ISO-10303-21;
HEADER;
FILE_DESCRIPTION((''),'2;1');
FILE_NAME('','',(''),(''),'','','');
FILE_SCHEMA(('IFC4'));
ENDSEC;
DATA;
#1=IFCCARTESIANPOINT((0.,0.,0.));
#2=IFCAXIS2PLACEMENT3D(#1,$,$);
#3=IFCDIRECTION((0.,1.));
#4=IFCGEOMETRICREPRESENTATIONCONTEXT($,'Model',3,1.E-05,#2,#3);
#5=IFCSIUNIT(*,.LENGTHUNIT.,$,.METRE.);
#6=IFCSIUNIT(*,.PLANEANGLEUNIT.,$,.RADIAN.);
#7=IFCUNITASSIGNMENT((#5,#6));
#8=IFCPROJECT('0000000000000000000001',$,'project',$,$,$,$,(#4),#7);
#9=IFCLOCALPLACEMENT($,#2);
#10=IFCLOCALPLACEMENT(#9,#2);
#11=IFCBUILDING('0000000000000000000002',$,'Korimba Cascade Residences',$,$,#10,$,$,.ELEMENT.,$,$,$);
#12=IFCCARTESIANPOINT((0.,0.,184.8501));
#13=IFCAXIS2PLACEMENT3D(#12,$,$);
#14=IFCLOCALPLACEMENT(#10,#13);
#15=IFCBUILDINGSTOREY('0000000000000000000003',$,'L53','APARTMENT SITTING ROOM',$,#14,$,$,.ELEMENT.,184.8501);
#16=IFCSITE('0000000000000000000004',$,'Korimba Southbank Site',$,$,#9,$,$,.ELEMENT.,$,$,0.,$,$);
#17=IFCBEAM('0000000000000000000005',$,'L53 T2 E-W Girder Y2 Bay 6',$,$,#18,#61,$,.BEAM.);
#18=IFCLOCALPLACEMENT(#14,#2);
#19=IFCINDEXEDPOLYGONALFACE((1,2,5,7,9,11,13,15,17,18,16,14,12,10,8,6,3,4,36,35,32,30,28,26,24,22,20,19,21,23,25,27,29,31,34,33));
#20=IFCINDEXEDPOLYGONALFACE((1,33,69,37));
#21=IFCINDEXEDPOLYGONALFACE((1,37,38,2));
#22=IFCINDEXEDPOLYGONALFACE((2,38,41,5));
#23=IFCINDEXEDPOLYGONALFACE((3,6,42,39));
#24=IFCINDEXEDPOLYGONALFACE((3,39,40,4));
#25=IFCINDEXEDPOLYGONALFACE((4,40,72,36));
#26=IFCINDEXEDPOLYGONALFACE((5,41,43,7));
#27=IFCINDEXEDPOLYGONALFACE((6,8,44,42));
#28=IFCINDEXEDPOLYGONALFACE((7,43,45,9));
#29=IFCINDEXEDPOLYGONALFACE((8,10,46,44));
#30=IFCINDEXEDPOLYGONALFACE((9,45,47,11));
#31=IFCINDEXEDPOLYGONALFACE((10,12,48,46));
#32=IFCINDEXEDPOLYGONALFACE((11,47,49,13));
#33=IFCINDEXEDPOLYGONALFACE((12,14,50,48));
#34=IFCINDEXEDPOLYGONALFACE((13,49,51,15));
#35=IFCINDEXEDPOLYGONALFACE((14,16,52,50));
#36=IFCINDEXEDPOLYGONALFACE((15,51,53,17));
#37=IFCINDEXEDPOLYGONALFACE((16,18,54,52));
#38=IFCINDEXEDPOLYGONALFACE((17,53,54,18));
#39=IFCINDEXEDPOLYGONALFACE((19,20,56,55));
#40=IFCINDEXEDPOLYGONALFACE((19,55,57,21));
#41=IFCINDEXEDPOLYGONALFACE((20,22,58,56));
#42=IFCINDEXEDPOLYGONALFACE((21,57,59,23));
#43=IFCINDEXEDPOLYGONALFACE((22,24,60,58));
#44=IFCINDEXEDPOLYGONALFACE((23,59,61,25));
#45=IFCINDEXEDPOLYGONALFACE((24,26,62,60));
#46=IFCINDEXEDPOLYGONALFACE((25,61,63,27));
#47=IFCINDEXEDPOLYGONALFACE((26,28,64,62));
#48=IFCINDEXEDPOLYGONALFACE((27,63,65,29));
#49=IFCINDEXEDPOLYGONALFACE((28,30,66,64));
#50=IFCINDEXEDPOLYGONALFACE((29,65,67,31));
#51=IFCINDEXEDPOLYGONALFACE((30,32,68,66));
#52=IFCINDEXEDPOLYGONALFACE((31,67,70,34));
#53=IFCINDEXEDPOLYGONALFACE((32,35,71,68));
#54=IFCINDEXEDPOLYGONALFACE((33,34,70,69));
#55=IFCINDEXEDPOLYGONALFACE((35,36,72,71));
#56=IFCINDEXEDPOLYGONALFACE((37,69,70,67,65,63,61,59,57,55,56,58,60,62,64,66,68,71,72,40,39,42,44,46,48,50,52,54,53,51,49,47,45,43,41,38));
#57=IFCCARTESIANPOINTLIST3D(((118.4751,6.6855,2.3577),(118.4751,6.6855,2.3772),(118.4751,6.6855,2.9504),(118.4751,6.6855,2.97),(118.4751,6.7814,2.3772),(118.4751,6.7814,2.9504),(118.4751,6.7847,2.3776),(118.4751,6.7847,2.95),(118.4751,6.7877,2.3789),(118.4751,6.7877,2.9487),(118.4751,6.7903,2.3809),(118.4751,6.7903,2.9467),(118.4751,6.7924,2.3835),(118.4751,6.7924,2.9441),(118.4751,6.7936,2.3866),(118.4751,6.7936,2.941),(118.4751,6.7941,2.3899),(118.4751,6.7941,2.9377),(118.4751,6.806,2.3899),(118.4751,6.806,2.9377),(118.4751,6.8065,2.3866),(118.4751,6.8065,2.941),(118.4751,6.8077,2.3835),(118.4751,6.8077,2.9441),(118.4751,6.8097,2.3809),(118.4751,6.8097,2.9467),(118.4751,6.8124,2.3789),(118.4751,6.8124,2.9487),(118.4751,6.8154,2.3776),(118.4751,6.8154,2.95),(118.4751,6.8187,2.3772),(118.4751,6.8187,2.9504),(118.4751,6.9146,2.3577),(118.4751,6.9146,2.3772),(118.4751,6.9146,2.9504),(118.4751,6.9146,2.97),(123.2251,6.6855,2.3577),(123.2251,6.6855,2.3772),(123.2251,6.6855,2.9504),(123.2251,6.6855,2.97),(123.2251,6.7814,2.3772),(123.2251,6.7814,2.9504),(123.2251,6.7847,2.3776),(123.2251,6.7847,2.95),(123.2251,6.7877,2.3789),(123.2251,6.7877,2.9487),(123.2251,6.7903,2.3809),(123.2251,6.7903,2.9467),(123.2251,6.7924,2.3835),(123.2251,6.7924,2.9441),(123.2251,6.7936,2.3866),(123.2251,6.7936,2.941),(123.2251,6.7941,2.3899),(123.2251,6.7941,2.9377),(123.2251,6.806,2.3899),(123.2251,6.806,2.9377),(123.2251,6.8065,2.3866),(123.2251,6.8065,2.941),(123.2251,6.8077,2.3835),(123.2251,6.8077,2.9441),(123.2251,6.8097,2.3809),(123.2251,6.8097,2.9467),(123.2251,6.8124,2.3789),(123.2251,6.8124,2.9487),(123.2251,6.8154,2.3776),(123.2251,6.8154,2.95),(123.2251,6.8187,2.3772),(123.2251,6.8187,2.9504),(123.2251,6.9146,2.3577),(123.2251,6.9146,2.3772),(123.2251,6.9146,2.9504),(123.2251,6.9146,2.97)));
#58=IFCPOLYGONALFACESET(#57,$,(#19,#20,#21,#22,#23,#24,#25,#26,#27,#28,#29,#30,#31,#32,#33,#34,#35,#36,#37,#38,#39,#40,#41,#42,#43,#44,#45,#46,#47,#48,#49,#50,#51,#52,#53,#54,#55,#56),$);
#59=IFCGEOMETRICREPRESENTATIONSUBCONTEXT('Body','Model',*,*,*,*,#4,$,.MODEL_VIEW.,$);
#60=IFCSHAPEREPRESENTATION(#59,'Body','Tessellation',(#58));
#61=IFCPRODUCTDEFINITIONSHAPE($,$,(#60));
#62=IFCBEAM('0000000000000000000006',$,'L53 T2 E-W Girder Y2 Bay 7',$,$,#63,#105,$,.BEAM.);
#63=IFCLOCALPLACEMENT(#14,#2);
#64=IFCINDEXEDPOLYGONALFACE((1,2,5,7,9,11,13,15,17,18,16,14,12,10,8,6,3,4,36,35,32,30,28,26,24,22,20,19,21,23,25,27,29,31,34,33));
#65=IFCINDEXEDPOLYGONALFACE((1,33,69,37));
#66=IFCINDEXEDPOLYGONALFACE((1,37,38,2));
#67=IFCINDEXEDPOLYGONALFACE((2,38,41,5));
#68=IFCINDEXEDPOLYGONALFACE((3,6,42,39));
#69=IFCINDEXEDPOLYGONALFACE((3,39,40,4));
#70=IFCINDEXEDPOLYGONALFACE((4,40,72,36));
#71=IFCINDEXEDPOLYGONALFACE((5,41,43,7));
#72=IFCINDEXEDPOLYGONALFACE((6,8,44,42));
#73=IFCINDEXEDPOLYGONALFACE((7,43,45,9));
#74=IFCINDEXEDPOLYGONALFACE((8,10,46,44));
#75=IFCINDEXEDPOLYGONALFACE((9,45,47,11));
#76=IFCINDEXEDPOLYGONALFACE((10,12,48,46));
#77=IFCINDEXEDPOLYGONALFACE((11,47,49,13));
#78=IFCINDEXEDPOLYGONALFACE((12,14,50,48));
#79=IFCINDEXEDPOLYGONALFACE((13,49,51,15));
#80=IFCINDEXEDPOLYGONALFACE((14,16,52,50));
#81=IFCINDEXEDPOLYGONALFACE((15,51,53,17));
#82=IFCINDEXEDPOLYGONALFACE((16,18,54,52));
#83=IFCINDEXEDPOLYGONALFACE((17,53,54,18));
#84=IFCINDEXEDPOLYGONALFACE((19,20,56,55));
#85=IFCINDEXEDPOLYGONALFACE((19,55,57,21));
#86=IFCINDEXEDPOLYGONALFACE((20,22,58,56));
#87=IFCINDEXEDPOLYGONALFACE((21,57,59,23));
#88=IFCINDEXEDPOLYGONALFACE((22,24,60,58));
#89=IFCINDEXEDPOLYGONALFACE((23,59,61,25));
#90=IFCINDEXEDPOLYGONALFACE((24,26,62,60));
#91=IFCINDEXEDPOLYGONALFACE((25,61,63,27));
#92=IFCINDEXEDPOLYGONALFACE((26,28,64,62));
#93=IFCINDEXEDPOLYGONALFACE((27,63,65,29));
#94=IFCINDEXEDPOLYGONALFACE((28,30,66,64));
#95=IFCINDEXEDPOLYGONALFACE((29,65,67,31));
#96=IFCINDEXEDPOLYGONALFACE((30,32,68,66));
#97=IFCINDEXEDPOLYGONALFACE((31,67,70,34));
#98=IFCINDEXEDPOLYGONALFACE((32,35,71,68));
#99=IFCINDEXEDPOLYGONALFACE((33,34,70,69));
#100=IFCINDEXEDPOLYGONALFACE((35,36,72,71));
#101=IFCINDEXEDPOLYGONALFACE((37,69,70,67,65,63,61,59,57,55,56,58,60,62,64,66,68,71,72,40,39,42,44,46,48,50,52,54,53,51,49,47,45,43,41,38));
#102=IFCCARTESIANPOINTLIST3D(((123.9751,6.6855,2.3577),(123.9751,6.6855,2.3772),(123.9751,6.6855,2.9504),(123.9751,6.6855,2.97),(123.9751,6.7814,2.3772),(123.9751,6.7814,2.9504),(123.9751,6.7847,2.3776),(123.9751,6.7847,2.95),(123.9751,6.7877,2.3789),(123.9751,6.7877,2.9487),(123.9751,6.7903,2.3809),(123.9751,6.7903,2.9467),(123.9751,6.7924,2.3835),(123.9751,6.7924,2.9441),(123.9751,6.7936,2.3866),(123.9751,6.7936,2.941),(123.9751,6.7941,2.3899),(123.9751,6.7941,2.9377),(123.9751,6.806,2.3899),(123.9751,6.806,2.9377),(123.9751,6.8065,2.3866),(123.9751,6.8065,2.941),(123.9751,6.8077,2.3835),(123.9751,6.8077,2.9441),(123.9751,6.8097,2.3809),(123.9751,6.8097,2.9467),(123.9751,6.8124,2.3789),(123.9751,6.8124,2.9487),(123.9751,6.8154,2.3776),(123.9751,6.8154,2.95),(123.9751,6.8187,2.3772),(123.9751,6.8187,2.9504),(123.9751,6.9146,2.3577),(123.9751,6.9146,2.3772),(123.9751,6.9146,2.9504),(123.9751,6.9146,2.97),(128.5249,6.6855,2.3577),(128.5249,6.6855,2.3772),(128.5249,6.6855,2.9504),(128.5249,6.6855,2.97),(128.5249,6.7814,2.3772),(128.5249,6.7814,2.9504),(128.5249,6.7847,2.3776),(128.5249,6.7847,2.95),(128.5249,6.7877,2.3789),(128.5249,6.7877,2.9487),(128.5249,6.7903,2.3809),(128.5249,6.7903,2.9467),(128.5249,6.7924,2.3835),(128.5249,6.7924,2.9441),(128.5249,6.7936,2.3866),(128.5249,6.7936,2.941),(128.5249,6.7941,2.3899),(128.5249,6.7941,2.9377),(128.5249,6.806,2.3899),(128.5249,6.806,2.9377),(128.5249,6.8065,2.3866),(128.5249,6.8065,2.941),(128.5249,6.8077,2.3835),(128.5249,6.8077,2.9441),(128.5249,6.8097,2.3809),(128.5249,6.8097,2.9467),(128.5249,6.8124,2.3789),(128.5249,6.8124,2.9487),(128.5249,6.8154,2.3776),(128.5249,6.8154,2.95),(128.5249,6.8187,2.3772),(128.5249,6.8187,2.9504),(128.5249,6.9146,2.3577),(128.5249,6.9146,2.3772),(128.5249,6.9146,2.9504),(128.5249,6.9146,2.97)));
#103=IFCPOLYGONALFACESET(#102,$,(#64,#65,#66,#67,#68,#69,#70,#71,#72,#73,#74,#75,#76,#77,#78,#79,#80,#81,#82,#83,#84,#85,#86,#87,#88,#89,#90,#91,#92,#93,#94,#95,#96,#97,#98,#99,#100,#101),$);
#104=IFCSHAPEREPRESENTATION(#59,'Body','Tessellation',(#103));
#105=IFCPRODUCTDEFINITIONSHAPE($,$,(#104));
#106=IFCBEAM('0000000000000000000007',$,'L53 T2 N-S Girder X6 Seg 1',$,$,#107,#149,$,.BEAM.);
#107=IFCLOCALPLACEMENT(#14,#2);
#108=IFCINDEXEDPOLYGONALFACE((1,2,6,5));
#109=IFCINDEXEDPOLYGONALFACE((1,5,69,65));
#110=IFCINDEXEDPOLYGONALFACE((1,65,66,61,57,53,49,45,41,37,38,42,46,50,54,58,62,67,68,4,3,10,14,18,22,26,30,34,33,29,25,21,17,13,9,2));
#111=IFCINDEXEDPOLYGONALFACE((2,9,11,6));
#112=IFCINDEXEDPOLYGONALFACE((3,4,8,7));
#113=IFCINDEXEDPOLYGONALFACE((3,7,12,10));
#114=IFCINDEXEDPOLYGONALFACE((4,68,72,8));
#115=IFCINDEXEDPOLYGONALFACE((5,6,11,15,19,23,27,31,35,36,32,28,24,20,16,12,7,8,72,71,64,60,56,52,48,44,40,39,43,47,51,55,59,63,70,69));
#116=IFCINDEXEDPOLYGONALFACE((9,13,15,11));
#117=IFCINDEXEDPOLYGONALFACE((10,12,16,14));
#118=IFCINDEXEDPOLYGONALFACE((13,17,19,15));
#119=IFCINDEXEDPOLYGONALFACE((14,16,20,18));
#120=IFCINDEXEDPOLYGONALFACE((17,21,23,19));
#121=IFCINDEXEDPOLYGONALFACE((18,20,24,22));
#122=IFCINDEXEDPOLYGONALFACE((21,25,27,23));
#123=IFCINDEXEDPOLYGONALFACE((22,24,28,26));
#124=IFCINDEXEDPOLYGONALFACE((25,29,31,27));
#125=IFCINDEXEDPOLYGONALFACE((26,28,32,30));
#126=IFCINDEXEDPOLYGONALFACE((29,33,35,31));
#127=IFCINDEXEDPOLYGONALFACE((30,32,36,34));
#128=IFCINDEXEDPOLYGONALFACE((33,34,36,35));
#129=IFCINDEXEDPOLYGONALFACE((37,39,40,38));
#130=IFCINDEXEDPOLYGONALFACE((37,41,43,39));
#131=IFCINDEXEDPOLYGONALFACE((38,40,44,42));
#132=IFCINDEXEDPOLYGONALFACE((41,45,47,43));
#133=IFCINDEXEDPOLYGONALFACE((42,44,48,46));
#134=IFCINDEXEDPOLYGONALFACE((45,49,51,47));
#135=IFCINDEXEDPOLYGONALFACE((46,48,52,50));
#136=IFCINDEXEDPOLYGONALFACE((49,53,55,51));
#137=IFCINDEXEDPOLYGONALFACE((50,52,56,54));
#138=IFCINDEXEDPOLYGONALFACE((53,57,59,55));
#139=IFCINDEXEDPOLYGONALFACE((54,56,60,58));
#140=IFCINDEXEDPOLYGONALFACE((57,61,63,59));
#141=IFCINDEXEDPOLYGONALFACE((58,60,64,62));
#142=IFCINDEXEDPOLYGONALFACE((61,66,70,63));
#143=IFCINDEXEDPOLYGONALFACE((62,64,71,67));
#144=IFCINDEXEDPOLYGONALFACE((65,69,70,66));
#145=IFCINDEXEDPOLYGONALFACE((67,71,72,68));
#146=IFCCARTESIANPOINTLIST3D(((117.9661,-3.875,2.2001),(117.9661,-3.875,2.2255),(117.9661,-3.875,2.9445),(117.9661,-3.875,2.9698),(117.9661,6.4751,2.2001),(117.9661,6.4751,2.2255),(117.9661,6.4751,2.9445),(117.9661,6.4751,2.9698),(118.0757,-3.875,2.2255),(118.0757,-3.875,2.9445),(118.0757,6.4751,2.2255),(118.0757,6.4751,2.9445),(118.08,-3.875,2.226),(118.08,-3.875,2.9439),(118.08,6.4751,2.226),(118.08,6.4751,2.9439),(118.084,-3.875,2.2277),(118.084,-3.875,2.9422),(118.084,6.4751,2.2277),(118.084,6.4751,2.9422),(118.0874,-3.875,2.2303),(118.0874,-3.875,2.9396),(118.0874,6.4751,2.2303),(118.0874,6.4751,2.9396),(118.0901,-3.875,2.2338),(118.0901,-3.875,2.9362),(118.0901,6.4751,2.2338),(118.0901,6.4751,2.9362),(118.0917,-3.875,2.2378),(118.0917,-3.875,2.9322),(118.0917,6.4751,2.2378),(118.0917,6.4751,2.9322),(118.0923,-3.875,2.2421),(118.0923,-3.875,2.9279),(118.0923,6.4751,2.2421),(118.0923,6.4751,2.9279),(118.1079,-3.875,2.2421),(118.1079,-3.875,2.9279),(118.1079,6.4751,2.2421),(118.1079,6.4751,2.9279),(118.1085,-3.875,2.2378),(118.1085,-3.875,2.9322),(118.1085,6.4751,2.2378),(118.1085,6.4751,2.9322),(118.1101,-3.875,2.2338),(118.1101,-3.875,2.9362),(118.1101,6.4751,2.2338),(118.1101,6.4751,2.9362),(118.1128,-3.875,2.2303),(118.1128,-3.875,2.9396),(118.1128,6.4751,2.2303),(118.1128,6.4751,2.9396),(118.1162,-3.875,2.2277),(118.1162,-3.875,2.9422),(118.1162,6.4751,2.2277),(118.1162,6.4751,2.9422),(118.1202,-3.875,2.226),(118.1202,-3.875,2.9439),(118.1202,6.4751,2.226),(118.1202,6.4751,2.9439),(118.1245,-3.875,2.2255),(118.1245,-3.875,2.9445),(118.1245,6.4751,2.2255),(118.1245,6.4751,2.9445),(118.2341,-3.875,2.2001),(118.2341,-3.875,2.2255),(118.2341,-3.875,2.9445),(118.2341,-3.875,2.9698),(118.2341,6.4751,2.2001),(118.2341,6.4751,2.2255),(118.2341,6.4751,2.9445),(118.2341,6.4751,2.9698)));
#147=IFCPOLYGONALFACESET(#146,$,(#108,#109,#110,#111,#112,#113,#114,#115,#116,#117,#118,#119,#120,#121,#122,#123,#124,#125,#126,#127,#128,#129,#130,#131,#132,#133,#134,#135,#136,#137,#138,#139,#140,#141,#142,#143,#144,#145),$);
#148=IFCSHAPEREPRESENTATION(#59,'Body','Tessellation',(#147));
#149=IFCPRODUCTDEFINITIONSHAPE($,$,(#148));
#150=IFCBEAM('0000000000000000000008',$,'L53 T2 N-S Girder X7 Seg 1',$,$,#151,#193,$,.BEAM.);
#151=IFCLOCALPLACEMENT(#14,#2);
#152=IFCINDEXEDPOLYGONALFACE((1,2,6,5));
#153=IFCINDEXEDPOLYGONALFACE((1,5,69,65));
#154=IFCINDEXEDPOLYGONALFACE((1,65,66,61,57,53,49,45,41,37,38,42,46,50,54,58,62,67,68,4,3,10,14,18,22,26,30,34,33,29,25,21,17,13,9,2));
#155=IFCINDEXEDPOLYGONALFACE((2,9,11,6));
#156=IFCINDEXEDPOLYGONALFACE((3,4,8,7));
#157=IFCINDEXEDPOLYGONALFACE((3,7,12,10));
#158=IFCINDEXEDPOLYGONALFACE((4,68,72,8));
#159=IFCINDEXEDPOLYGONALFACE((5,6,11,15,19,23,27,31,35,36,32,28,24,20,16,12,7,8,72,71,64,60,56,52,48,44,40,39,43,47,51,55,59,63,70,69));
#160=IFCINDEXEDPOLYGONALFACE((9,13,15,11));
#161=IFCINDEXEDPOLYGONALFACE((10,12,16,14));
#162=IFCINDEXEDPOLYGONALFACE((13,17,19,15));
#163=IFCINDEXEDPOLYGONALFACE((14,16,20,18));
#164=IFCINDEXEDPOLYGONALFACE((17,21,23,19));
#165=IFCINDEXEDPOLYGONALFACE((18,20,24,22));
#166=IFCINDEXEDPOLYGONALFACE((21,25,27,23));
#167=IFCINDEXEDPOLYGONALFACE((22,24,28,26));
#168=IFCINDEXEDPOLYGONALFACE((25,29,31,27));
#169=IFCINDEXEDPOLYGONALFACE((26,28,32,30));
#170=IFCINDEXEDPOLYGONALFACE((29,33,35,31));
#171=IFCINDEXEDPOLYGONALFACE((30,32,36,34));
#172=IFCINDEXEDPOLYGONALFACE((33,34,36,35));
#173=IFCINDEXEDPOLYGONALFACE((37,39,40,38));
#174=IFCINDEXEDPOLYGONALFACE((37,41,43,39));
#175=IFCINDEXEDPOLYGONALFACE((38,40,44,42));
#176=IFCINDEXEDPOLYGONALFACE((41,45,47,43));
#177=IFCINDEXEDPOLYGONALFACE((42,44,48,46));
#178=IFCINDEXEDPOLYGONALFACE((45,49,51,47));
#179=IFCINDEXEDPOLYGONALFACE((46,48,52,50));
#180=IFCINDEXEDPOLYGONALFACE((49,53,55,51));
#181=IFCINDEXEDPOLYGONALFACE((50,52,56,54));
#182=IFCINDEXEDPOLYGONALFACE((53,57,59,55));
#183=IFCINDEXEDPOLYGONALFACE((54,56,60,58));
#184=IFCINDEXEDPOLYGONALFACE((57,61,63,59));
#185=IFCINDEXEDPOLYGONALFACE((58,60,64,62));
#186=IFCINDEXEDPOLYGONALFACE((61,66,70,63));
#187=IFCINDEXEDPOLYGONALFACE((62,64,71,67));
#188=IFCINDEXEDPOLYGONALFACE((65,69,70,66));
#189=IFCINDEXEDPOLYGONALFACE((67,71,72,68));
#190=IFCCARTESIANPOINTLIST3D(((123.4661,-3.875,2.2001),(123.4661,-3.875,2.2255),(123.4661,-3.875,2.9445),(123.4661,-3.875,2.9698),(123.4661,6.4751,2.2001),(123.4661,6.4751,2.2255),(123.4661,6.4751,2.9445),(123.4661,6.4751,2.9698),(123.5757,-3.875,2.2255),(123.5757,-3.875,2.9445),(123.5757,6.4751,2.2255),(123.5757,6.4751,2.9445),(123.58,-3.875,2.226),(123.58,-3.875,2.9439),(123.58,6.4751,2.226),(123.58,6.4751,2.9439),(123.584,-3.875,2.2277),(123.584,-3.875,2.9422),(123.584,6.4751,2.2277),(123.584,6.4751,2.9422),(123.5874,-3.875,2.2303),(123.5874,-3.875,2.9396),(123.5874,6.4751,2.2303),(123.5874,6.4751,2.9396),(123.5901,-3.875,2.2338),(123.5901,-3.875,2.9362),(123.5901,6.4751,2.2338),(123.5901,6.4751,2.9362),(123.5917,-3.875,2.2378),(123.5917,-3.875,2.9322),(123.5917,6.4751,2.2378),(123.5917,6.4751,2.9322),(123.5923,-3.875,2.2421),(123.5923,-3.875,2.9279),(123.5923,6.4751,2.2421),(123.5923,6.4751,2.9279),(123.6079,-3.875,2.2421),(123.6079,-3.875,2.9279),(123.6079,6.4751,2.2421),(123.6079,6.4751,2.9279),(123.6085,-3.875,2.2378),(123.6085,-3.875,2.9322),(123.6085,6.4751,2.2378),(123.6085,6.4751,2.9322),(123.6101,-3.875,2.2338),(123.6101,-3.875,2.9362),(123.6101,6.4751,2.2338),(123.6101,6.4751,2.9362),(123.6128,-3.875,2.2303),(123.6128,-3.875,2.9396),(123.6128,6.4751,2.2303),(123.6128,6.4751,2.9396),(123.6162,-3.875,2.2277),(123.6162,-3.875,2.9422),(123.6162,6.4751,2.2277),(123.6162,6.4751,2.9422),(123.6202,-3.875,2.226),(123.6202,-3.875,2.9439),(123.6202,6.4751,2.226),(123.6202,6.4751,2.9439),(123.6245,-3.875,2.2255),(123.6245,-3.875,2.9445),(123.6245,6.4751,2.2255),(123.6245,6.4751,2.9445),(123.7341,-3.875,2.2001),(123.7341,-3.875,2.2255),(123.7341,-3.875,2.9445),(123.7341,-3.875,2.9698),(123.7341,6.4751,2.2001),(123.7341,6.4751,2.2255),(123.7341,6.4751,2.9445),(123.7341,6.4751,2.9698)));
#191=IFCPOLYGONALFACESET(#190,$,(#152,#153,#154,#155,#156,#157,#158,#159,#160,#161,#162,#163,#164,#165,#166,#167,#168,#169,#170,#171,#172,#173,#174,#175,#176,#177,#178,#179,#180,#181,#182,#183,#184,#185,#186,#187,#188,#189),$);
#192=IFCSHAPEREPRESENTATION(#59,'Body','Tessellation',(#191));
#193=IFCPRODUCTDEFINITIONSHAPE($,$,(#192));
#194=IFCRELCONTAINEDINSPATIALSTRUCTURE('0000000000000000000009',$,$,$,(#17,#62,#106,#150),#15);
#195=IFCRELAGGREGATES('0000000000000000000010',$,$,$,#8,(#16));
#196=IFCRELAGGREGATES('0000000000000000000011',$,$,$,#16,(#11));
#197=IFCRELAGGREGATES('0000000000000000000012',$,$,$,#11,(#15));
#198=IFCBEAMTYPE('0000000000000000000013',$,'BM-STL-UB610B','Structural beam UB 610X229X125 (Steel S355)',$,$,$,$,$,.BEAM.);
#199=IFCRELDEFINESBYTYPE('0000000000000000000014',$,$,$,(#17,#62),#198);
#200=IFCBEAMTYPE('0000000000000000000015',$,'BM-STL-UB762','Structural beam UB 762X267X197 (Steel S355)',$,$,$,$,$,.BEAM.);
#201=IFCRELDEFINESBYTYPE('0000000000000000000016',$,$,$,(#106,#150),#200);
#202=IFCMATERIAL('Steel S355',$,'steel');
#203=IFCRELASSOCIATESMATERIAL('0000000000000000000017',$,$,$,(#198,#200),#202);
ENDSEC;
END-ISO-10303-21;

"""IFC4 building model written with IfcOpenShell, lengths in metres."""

from ifc_helpers import new_model, si_unit, direction, frame, origin, origin_2d, place, context, subcontext, project, spatial, i_section, extrude, material, material_profile, profile_set, type_object, element, save


model = new_model("IFC4")

# Units and contexts
model_context = context("Model", 3, precision=1e-05, world=origin(), true_north=direction((0.0, 1.0)))
body_context = subcontext(model_context, "Body", "Model", "MODEL_VIEW")
ifc_project = project(units=[si_unit("LENGTHUNIT", "METRE"), si_unit("PLANEANGLEUNIT", "RADIAN")], contexts=[model_context])

# Site, building, storey
site_placement = place(None, origin())
site = spatial("IfcSite", under=ifc_project, at=site_placement, Name="Korimba Southbank Site", CompositionType="ELEMENT", RefElevation=0.0)
building_placement = place(site_placement, origin())
building = spatial("IfcBuilding", under=site, at=building_placement, Name="Korimba Cascade Residences", CompositionType="ELEMENT")
storey_placement = place(building_placement, frame((0.0, 0.0, 184.8501)))
storey = spatial("IfcBuildingStorey", under=building, at=storey_placement, Name="L53", Description="APARTMENT SITTING ROOM", CompositionType="ELEMENT", Elevation=184.8501)

# Beams
ifc_material_1 = material(Name="Steel S355", Category="steel")
ifc_material_profile_1 = material_profile(ifc_material_1, i_section(OverallWidth=0.229, OverallDepth=0.6123, WebThickness=0.012, FlangeThickness=0.0195, FilletRadius=0.0127, at=origin_2d()), Name="Steel S355")
ifc_profile_set_1 = profile_set([ifc_material_profile_1], Name="Steel S355")
beam_type_1 = type_object("IfcBeamType", Name="BM-STL-UB610B", Description="Structural beam UB 610X229X125 (Steel S355)", PredefinedType="BEAM", material=ifc_profile_set_1)
beam_1_placement = place(storey_placement, frame((118.4751, 6.8, 2.6638), z_axis=(1.0, 0.0, 0.0), x_axis=(0.0, 1.0, 0.0)))
element("IfcBeam", 1, at=beam_1_placement, inside=storey, type_object=beam_type_1, Name="L53 T2 E-W Girder Y2 Bay 6", PredefinedType="BEAM", context=body_context, shape_type="SweptSolid", body=[
    extrude(i_section(OverallWidth=0.229, OverallDepth=0.6123, WebThickness=0.012, FlangeThickness=0.0195, FilletRadius=0.0127, at=origin_2d()), origin(), (0.0, 0.0, 1.0), 4.75),
])
beam_2_placement = place(storey_placement, frame((123.9751, 6.8, 2.6638), z_axis=(1.0, 0.0, 0.0), x_axis=(0.0, 1.0, 0.0)))
element("IfcBeam", 2, at=beam_2_placement, inside=storey, type_object=beam_type_1, Name="L53 T2 E-W Girder Y2 Bay 7", PredefinedType="BEAM", context=body_context, shape_type="SweptSolid", body=[
    extrude(i_section(OverallWidth=0.229, OverallDepth=0.6123, WebThickness=0.012, FlangeThickness=0.0195, FilletRadius=0.0127, at=origin_2d()), origin(), (0.0, 0.0, 1.0), 4.5498),
])
ifc_material_profile_2 = material_profile(ifc_material_1, i_section(OverallWidth=0.2681, OverallDepth=0.7698, WebThickness=0.0156, FlangeThickness=0.0254, FilletRadius=0.0166, at=origin_2d()), Name="Steel S355")
ifc_profile_set_2 = profile_set([ifc_material_profile_2], Name="Steel S355")
beam_type_2 = type_object("IfcBeamType", Name="BM-STL-UB762", Description="Structural beam UB 762X267X197 (Steel S355)", PredefinedType="BEAM", material=ifc_profile_set_2)
for number, where, z_axis, x_axis, name in (
    (3, (118.1001, -3.875, 2.585), (0.0, 1.0, 0.0), (-1.0, 0.0, 0.0), "L53 T2 N-S Girder X6 Seg 1"),
    (4, (123.6001, -3.875, 2.585), (0.0, 1.0, 0.0), (-1.0, 0.0, 0.0), "L53 T2 N-S Girder X7 Seg 1"),
):
    element("IfcBeam", number, at=place(storey_placement, frame(where, z_axis=z_axis, x_axis=x_axis)), inside=storey, type_object=beam_type_2, Name=name, PredefinedType="BEAM", context=body_context, shape_type="SweptSolid", body=[
        extrude(i_section(OverallWidth=0.2681, OverallDepth=0.7698, WebThickness=0.0156, FlangeThickness=0.0254, FilletRadius=0.0166, at=origin_2d()), origin(), (0.0, 0.0, 1.0), 10.3501),
    ])

save(model, "model.ifc")
